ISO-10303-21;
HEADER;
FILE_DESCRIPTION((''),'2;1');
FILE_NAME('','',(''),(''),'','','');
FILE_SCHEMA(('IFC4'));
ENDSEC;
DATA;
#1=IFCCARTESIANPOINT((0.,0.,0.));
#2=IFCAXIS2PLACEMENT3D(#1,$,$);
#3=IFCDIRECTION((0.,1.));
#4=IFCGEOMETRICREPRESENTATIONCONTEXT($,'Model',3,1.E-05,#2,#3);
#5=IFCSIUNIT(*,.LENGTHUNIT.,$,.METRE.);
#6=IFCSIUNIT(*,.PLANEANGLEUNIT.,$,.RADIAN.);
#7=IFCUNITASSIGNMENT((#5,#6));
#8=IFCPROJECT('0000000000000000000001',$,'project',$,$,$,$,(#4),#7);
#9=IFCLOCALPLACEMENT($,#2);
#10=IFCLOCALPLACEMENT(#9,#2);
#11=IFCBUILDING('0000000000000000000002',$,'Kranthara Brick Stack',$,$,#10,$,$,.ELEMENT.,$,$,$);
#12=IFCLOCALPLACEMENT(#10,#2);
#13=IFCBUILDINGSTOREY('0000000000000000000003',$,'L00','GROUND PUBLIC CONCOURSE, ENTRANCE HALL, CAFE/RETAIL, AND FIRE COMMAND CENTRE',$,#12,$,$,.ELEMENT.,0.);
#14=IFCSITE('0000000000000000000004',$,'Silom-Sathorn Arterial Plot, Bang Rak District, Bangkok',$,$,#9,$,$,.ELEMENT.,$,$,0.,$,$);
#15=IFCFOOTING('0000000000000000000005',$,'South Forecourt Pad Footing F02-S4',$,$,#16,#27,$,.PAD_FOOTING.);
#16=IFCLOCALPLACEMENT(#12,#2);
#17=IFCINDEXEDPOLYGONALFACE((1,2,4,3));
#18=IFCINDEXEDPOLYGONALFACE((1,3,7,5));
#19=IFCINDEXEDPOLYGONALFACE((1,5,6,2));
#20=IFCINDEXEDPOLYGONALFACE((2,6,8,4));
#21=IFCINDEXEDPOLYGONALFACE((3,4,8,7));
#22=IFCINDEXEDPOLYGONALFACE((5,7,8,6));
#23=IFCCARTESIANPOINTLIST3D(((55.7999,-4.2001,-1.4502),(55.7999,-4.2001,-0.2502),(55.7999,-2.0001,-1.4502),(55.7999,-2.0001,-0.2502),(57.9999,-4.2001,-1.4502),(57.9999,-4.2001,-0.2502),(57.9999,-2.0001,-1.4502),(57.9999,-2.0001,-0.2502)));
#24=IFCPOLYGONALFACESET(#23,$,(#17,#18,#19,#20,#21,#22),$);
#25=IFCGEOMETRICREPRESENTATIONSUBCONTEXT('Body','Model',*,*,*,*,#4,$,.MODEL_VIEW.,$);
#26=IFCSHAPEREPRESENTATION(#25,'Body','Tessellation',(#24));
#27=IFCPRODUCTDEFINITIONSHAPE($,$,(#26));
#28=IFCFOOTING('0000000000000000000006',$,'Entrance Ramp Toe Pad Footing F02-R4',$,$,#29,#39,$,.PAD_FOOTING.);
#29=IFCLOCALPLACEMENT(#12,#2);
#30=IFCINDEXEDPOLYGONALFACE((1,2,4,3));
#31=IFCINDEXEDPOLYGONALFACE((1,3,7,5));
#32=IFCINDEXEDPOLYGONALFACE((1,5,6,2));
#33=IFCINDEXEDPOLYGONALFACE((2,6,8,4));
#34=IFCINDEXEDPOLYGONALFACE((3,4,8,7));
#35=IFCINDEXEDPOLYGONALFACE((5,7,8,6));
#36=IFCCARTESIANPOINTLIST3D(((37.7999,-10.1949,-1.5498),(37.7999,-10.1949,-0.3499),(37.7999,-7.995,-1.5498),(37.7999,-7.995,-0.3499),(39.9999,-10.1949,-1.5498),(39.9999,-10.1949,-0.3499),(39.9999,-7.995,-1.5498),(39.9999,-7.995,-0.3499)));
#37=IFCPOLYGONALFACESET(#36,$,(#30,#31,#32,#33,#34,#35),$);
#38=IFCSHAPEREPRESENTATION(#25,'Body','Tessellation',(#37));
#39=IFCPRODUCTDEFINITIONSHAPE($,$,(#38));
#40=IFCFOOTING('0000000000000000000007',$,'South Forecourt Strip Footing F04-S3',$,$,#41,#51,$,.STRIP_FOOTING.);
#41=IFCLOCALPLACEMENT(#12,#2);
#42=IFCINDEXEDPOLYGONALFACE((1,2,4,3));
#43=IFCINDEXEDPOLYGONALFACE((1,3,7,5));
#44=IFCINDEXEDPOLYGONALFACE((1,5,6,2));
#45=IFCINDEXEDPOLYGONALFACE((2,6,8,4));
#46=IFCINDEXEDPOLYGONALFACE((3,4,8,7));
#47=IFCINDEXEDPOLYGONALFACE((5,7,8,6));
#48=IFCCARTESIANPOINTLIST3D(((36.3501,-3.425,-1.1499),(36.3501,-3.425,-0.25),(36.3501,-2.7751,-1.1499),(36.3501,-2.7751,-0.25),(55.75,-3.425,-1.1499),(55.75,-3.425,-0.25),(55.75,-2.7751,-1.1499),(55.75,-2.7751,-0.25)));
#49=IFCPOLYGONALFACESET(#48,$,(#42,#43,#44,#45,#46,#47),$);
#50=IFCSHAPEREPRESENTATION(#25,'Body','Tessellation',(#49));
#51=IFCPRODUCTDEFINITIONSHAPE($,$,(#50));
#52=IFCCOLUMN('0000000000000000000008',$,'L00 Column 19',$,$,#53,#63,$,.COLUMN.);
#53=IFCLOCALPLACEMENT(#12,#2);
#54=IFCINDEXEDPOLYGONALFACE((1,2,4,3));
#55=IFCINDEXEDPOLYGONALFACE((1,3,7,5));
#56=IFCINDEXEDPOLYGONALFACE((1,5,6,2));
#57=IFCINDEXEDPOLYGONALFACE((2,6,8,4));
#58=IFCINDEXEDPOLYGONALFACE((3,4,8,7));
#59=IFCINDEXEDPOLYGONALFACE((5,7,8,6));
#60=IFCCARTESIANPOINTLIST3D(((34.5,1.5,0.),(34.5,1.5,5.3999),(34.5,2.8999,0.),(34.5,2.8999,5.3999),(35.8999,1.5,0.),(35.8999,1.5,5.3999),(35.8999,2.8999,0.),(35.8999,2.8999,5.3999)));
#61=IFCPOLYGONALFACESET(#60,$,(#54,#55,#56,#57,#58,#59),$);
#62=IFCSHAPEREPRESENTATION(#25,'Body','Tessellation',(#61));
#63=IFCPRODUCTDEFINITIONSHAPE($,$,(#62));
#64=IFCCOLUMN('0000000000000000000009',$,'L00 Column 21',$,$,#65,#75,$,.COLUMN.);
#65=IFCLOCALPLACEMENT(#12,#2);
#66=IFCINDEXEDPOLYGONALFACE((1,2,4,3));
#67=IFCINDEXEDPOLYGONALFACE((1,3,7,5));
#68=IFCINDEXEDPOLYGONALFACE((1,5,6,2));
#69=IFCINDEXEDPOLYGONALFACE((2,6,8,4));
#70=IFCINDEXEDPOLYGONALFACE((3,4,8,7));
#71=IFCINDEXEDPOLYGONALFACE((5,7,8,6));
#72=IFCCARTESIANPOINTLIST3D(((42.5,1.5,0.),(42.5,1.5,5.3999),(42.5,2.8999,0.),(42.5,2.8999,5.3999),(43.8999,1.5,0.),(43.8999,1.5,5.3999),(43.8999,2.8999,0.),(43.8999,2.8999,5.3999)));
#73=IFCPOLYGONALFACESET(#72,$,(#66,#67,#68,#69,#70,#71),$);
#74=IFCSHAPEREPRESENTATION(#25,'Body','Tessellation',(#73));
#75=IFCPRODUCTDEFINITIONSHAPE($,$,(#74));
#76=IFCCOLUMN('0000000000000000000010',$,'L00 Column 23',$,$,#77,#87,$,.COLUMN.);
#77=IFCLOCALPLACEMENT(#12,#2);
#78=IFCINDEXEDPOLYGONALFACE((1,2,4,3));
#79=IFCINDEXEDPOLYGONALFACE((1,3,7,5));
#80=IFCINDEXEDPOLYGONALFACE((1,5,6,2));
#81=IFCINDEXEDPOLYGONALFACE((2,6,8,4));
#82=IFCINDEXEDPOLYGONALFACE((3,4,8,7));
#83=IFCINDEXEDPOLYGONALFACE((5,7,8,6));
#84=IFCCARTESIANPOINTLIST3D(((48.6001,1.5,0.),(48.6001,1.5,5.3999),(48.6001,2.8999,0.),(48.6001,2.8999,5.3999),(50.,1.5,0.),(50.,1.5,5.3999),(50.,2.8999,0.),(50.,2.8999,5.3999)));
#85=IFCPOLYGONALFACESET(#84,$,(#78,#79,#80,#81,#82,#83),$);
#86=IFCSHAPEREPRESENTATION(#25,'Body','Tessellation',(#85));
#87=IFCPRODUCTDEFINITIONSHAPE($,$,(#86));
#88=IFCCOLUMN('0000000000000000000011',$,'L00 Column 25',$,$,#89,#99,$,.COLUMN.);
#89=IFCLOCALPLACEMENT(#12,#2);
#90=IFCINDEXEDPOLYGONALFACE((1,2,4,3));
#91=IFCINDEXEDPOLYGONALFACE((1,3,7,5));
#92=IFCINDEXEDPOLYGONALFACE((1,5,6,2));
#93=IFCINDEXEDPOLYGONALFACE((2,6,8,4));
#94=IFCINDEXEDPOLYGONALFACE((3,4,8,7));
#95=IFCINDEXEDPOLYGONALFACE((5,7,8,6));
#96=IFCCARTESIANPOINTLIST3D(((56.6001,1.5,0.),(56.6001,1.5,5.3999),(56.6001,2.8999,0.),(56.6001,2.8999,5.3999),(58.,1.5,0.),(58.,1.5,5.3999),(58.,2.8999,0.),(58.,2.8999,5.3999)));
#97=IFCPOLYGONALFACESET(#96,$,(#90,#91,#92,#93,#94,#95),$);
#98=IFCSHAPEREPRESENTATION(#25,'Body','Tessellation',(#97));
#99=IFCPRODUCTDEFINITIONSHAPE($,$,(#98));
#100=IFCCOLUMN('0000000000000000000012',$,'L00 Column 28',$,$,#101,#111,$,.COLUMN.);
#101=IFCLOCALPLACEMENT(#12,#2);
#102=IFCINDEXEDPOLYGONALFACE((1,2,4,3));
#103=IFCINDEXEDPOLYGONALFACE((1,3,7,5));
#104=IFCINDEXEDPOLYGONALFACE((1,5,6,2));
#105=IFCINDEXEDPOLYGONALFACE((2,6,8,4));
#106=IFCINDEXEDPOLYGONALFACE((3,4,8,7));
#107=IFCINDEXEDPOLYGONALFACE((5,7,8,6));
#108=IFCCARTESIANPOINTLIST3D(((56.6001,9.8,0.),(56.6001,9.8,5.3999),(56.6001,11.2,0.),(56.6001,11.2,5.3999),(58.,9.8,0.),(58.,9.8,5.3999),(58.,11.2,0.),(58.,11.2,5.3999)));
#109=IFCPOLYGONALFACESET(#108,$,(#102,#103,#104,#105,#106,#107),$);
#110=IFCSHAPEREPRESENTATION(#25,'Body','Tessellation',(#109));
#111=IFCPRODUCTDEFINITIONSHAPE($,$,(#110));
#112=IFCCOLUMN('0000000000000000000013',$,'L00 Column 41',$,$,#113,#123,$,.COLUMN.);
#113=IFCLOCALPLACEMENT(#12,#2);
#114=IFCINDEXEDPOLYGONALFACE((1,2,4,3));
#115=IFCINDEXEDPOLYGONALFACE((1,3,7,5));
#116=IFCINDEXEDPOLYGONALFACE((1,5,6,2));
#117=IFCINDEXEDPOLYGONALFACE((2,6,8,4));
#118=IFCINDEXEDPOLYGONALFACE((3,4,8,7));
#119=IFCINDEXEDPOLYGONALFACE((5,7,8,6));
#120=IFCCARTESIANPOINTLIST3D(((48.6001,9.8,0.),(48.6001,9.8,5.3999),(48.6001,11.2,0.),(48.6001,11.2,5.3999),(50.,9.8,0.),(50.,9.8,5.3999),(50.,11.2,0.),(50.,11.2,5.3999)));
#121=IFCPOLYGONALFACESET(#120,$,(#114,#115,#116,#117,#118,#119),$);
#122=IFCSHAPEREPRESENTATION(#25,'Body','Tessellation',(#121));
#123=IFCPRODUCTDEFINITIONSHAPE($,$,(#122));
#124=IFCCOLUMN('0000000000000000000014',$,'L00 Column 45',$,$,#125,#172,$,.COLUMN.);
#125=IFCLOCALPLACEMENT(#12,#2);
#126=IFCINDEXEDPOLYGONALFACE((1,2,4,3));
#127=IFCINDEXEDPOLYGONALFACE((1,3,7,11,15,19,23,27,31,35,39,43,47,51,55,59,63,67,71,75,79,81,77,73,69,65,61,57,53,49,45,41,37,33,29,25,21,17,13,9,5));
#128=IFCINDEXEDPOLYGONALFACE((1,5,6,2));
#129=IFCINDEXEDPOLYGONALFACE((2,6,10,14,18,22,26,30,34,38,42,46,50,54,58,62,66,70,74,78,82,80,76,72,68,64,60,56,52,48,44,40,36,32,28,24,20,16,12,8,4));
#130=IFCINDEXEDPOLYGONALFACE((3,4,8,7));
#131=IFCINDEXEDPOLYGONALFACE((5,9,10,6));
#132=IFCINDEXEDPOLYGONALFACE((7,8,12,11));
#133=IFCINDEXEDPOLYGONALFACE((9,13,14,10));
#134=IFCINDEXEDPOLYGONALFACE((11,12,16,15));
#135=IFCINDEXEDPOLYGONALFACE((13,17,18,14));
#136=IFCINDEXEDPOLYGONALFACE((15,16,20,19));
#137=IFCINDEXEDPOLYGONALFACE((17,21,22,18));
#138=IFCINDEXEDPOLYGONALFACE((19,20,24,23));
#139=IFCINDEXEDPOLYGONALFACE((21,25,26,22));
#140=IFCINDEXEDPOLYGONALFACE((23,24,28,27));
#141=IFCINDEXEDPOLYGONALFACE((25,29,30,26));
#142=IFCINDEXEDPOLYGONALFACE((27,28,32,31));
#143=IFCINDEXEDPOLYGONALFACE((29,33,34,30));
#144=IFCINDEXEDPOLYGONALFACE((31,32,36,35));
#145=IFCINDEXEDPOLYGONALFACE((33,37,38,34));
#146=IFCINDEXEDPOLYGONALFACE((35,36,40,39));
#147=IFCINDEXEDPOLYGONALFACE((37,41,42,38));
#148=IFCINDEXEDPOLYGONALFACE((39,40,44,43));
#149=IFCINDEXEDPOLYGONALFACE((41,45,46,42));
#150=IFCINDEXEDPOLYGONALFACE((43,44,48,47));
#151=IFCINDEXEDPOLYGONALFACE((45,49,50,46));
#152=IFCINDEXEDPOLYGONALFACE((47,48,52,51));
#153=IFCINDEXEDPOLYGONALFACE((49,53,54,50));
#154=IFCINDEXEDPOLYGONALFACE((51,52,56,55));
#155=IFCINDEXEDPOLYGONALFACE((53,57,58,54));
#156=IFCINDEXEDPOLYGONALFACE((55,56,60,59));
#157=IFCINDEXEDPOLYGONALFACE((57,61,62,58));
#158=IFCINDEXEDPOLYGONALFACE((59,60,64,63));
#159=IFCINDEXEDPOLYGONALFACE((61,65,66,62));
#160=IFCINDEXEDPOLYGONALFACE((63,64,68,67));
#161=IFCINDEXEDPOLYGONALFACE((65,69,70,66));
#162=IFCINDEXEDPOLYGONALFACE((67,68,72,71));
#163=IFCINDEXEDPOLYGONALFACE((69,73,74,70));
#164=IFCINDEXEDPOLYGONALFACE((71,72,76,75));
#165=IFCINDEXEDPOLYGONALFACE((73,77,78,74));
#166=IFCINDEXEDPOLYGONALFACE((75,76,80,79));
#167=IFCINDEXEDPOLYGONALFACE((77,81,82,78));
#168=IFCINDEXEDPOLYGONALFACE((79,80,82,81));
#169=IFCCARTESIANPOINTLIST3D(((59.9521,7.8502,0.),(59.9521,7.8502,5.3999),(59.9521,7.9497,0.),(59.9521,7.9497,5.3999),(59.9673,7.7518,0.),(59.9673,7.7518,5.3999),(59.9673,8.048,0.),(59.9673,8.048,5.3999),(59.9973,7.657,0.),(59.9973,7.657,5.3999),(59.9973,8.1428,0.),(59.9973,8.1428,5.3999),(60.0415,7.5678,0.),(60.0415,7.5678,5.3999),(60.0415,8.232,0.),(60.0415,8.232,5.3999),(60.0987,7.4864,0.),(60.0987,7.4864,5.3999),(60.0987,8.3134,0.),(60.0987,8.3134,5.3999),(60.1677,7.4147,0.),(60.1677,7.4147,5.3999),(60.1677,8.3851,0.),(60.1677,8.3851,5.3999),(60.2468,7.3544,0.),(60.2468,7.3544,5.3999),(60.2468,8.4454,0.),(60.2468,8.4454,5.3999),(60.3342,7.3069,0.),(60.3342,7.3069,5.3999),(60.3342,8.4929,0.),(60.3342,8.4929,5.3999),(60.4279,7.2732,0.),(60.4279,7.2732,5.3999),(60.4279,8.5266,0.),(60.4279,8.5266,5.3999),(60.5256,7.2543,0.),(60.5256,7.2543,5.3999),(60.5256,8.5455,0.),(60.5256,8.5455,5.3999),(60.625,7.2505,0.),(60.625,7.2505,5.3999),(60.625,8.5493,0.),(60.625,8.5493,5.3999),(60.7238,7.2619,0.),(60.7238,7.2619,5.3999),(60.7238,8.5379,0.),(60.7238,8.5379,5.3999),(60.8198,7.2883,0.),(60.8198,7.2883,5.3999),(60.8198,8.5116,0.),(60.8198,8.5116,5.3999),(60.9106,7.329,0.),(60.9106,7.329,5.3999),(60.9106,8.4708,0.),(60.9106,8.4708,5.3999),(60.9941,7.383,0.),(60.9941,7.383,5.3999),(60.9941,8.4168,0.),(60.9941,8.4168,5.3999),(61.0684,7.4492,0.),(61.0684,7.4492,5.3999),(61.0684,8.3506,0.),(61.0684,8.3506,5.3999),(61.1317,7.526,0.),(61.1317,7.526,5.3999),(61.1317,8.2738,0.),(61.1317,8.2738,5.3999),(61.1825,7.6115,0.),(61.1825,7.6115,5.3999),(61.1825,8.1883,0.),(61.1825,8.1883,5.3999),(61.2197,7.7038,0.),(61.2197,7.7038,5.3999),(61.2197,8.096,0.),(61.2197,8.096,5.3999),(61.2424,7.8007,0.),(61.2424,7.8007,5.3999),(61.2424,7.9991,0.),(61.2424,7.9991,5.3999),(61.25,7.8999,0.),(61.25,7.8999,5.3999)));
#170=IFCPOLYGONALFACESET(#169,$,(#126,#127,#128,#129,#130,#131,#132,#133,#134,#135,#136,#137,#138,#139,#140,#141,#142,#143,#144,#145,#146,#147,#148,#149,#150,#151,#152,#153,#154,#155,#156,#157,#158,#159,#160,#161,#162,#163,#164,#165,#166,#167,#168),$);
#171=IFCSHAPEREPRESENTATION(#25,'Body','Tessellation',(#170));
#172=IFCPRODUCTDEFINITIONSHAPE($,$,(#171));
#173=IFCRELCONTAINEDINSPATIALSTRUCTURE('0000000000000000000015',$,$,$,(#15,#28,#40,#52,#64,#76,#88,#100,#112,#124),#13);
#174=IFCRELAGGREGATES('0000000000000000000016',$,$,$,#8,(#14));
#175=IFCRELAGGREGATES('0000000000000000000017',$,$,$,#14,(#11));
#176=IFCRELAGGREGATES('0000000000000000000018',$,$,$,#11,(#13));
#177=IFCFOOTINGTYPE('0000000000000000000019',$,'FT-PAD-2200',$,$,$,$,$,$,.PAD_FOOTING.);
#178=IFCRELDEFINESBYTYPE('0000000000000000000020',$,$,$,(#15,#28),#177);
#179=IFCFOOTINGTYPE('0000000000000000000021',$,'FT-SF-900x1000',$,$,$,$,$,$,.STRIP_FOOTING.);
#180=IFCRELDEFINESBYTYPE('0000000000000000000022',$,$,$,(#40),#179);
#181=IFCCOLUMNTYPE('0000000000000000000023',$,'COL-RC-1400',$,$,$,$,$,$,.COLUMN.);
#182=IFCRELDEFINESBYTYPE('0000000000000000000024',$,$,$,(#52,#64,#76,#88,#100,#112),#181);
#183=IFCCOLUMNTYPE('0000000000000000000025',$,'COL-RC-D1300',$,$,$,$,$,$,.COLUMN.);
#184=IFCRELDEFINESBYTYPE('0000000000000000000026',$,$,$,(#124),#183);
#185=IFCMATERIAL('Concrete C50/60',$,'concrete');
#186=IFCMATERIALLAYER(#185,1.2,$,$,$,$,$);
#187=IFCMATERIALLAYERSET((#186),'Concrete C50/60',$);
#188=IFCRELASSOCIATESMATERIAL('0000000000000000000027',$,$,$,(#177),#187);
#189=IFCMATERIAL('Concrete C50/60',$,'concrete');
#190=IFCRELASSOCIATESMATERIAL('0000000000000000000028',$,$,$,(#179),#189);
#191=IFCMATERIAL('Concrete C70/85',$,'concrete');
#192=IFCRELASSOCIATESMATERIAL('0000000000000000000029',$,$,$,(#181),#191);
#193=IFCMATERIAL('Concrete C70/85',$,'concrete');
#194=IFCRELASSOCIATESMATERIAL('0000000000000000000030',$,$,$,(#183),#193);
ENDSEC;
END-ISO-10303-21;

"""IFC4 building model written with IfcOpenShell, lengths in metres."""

from ifc_helpers import new_model, si_unit, direction, frame, origin, origin_2d, place, context, subcontext, project, spatial, rectangle, circle, extrude, material, layer, layer_set, material_profile, profile_set, type_object, element, save


model = new_model("IFC4")

# Units and contexts
model_context = context("Model", 3, precision=1e-05, world=origin(), true_north=direction((0.0, 1.0)))
body_context = subcontext(model_context, "Body", "Model", "MODEL_VIEW")
ifc_project = project(units=[si_unit("LENGTHUNIT", "METRE"), si_unit("PLANEANGLEUNIT", "RADIAN")], contexts=[model_context])

# Site, building, storey
site_placement = place(None, origin())
site = spatial("IfcSite", under=ifc_project, at=site_placement, Name="Silom-Sathorn Arterial Plot, Bang Rak District, Bangkok", CompositionType="ELEMENT", RefElevation=0.0)
building_placement = place(site_placement, origin())
building = spatial("IfcBuilding", under=site, at=building_placement, Name="Kranthara Brick Stack", CompositionType="ELEMENT")
storey_placement = place(building_placement, origin())
storey = spatial("IfcBuildingStorey", under=building, at=storey_placement, Name="L00", Description="GROUND PUBLIC CONCOURSE, ENTRANCE HALL, CAFE/RETAIL, AND FIRE COMMAND CENTRE", CompositionType="ELEMENT", Elevation=0.0)

# Footings
ifc_material_1 = material(Name="Concrete C50/60", Category="concrete")
ifc_layer_1 = layer(ifc_material_1, 1.2)
ifc_layer_set_1 = layer_set([ifc_layer_1], Name="Concrete C50/60")
footing_type_1 = type_object("IfcFootingType", Name="FT-PAD-2200", PredefinedType="PAD_FOOTING", material=ifc_layer_set_1)
for number, where, z_axis, x_axis, name in (
    (1, (56.8999, -3.1001, -1.4502), (0.0, 0.0, 1.0), (1.0, 0.0, 0.0), "South Forecourt Pad Footing F02-S4"),
    (2, (38.8999, -9.095, -1.5498), (0.0, 0.0, 1.0), (1.0, 0.0, 0.0), "Entrance Ramp Toe Pad Footing F02-R4"),
):
    element("IfcFooting", number, at=place(storey_placement, frame(where, z_axis=z_axis, x_axis=x_axis)), inside=storey, type_object=footing_type_1, Name=name, PredefinedType="PAD_FOOTING", context=body_context, shape_type="SweptSolid", body=[
        extrude(rectangle(XDim=2.2, YDim=2.2, at=origin_2d()), origin(), (0.0, 0.0, 1.0), 1.2),
    ])
ifc_material_2 = material(Name="Concrete C50/60", Category="concrete")
ifc_material_profile_1 = material_profile(ifc_material_2, rectangle(XDim=0.6499, YDim=0.8999, at=origin_2d()), Name="RC 650x900")
ifc_profile_set_1 = profile_set([ifc_material_profile_1], Name="Concrete C50/60")
footing_type_2 = type_object("IfcFootingType", Name="FT-SF-900x1000", PredefinedType="STRIP_FOOTING", material=ifc_profile_set_1)
footing_placement = place(storey_placement, frame((36.3501, -3.1001, -0.7), z_axis=(1.0, 0.0, 0.0), x_axis=(0.0, 1.0, 0.0)))
element("IfcFooting", 3, at=footing_placement, inside=storey, type_object=footing_type_2, Name="South Forecourt Strip Footing F04-S3", PredefinedType="STRIP_FOOTING", context=body_context, shape_type="SweptSolid", body=[
    extrude(rectangle(XDim=0.6499, YDim=0.8999, at=origin_2d()), origin(), (0.0, 0.0, 1.0), 19.3999),
])

# Columns
ifc_material_3 = material(Name="Concrete C70/85", Category="concrete")
ifc_material_profile_2 = material_profile(ifc_material_3, rectangle(XDim=1.3999, YDim=1.3999, at=origin_2d()), Name="RC 1400x1400")
ifc_profile_set_2 = profile_set([ifc_material_profile_2], Name="Concrete C70/85")
column_type_1 = type_object("IfcColumnType", Name="COL-RC-1400", PredefinedType="COLUMN", material=ifc_profile_set_2)
for number, where, z_axis, x_axis, name in (
    (4, (35.2, 2.2, 0.0), (0.0, 0.0, 1.0), (1.0, 0.0, 0.0), "L00 Column 19"),
    (5, (43.2, 2.2, 0.0), (0.0, 0.0, 1.0), (1.0, 0.0, 0.0), "L00 Column 21"),
    (6, (49.3, 2.2, 0.0), (0.0, 0.0, 1.0), (1.0, 0.0, 0.0), "L00 Column 23"),
    (7, (57.3, 2.2, 0.0), (0.0, 0.0, 1.0), (1.0, 0.0, 0.0), "L00 Column 25"),
    (8, (57.3, 10.5, 0.0), (0.0, 0.0, 1.0), (1.0, 0.0, 0.0), "L00 Column 28"),
    (9, (49.3, 10.5, 0.0), (0.0, 0.0, 1.0), (1.0, 0.0, 0.0), "L00 Column 41"),
):
    element("IfcColumn", number, at=place(storey_placement, frame(where, z_axis=z_axis, x_axis=x_axis)), inside=storey, type_object=column_type_1, Name=name, PredefinedType="COLUMN", context=body_context, shape_type="SweptSolid", body=[
        extrude(rectangle(XDim=1.3999, YDim=1.3999, at=origin_2d()), origin(), (0.0, 0.0, 1.0), 5.3999),
    ])
ifc_material_4 = material(Name="Concrete C70/85", Category="concrete")
ifc_material_profile_3 = material_profile(ifc_material_4, circle(Radius=0.6499, at=origin_2d()), Name="RC D1300")
ifc_profile_set_3 = profile_set([ifc_material_profile_3], Name="Concrete C70/85")
column_type_2 = type_object("IfcColumnType", Name="COL-RC-D1300", PredefinedType="COLUMN", material=ifc_profile_set_3)
for number, where, z_axis, x_axis, name in (
    (10, (60.6001, 7.8999, 0.0), (0.0, 0.0, 1.0), (1.0, 0.0, 0.0), "L00 Column 45"),
):
    element("IfcColumn", number, at=place(storey_placement, frame(where, z_axis=z_axis, x_axis=x_axis)), inside=storey, type_object=column_type_2, Name=name, PredefinedType="COLUMN", context=body_context, shape_type="SweptSolid", body=[
        extrude(circle(Radius=0.6499, at=origin_2d()), origin(), (0.0, 0.0, 1.0), 5.3999),
    ])

save(model, "model.ifc")
